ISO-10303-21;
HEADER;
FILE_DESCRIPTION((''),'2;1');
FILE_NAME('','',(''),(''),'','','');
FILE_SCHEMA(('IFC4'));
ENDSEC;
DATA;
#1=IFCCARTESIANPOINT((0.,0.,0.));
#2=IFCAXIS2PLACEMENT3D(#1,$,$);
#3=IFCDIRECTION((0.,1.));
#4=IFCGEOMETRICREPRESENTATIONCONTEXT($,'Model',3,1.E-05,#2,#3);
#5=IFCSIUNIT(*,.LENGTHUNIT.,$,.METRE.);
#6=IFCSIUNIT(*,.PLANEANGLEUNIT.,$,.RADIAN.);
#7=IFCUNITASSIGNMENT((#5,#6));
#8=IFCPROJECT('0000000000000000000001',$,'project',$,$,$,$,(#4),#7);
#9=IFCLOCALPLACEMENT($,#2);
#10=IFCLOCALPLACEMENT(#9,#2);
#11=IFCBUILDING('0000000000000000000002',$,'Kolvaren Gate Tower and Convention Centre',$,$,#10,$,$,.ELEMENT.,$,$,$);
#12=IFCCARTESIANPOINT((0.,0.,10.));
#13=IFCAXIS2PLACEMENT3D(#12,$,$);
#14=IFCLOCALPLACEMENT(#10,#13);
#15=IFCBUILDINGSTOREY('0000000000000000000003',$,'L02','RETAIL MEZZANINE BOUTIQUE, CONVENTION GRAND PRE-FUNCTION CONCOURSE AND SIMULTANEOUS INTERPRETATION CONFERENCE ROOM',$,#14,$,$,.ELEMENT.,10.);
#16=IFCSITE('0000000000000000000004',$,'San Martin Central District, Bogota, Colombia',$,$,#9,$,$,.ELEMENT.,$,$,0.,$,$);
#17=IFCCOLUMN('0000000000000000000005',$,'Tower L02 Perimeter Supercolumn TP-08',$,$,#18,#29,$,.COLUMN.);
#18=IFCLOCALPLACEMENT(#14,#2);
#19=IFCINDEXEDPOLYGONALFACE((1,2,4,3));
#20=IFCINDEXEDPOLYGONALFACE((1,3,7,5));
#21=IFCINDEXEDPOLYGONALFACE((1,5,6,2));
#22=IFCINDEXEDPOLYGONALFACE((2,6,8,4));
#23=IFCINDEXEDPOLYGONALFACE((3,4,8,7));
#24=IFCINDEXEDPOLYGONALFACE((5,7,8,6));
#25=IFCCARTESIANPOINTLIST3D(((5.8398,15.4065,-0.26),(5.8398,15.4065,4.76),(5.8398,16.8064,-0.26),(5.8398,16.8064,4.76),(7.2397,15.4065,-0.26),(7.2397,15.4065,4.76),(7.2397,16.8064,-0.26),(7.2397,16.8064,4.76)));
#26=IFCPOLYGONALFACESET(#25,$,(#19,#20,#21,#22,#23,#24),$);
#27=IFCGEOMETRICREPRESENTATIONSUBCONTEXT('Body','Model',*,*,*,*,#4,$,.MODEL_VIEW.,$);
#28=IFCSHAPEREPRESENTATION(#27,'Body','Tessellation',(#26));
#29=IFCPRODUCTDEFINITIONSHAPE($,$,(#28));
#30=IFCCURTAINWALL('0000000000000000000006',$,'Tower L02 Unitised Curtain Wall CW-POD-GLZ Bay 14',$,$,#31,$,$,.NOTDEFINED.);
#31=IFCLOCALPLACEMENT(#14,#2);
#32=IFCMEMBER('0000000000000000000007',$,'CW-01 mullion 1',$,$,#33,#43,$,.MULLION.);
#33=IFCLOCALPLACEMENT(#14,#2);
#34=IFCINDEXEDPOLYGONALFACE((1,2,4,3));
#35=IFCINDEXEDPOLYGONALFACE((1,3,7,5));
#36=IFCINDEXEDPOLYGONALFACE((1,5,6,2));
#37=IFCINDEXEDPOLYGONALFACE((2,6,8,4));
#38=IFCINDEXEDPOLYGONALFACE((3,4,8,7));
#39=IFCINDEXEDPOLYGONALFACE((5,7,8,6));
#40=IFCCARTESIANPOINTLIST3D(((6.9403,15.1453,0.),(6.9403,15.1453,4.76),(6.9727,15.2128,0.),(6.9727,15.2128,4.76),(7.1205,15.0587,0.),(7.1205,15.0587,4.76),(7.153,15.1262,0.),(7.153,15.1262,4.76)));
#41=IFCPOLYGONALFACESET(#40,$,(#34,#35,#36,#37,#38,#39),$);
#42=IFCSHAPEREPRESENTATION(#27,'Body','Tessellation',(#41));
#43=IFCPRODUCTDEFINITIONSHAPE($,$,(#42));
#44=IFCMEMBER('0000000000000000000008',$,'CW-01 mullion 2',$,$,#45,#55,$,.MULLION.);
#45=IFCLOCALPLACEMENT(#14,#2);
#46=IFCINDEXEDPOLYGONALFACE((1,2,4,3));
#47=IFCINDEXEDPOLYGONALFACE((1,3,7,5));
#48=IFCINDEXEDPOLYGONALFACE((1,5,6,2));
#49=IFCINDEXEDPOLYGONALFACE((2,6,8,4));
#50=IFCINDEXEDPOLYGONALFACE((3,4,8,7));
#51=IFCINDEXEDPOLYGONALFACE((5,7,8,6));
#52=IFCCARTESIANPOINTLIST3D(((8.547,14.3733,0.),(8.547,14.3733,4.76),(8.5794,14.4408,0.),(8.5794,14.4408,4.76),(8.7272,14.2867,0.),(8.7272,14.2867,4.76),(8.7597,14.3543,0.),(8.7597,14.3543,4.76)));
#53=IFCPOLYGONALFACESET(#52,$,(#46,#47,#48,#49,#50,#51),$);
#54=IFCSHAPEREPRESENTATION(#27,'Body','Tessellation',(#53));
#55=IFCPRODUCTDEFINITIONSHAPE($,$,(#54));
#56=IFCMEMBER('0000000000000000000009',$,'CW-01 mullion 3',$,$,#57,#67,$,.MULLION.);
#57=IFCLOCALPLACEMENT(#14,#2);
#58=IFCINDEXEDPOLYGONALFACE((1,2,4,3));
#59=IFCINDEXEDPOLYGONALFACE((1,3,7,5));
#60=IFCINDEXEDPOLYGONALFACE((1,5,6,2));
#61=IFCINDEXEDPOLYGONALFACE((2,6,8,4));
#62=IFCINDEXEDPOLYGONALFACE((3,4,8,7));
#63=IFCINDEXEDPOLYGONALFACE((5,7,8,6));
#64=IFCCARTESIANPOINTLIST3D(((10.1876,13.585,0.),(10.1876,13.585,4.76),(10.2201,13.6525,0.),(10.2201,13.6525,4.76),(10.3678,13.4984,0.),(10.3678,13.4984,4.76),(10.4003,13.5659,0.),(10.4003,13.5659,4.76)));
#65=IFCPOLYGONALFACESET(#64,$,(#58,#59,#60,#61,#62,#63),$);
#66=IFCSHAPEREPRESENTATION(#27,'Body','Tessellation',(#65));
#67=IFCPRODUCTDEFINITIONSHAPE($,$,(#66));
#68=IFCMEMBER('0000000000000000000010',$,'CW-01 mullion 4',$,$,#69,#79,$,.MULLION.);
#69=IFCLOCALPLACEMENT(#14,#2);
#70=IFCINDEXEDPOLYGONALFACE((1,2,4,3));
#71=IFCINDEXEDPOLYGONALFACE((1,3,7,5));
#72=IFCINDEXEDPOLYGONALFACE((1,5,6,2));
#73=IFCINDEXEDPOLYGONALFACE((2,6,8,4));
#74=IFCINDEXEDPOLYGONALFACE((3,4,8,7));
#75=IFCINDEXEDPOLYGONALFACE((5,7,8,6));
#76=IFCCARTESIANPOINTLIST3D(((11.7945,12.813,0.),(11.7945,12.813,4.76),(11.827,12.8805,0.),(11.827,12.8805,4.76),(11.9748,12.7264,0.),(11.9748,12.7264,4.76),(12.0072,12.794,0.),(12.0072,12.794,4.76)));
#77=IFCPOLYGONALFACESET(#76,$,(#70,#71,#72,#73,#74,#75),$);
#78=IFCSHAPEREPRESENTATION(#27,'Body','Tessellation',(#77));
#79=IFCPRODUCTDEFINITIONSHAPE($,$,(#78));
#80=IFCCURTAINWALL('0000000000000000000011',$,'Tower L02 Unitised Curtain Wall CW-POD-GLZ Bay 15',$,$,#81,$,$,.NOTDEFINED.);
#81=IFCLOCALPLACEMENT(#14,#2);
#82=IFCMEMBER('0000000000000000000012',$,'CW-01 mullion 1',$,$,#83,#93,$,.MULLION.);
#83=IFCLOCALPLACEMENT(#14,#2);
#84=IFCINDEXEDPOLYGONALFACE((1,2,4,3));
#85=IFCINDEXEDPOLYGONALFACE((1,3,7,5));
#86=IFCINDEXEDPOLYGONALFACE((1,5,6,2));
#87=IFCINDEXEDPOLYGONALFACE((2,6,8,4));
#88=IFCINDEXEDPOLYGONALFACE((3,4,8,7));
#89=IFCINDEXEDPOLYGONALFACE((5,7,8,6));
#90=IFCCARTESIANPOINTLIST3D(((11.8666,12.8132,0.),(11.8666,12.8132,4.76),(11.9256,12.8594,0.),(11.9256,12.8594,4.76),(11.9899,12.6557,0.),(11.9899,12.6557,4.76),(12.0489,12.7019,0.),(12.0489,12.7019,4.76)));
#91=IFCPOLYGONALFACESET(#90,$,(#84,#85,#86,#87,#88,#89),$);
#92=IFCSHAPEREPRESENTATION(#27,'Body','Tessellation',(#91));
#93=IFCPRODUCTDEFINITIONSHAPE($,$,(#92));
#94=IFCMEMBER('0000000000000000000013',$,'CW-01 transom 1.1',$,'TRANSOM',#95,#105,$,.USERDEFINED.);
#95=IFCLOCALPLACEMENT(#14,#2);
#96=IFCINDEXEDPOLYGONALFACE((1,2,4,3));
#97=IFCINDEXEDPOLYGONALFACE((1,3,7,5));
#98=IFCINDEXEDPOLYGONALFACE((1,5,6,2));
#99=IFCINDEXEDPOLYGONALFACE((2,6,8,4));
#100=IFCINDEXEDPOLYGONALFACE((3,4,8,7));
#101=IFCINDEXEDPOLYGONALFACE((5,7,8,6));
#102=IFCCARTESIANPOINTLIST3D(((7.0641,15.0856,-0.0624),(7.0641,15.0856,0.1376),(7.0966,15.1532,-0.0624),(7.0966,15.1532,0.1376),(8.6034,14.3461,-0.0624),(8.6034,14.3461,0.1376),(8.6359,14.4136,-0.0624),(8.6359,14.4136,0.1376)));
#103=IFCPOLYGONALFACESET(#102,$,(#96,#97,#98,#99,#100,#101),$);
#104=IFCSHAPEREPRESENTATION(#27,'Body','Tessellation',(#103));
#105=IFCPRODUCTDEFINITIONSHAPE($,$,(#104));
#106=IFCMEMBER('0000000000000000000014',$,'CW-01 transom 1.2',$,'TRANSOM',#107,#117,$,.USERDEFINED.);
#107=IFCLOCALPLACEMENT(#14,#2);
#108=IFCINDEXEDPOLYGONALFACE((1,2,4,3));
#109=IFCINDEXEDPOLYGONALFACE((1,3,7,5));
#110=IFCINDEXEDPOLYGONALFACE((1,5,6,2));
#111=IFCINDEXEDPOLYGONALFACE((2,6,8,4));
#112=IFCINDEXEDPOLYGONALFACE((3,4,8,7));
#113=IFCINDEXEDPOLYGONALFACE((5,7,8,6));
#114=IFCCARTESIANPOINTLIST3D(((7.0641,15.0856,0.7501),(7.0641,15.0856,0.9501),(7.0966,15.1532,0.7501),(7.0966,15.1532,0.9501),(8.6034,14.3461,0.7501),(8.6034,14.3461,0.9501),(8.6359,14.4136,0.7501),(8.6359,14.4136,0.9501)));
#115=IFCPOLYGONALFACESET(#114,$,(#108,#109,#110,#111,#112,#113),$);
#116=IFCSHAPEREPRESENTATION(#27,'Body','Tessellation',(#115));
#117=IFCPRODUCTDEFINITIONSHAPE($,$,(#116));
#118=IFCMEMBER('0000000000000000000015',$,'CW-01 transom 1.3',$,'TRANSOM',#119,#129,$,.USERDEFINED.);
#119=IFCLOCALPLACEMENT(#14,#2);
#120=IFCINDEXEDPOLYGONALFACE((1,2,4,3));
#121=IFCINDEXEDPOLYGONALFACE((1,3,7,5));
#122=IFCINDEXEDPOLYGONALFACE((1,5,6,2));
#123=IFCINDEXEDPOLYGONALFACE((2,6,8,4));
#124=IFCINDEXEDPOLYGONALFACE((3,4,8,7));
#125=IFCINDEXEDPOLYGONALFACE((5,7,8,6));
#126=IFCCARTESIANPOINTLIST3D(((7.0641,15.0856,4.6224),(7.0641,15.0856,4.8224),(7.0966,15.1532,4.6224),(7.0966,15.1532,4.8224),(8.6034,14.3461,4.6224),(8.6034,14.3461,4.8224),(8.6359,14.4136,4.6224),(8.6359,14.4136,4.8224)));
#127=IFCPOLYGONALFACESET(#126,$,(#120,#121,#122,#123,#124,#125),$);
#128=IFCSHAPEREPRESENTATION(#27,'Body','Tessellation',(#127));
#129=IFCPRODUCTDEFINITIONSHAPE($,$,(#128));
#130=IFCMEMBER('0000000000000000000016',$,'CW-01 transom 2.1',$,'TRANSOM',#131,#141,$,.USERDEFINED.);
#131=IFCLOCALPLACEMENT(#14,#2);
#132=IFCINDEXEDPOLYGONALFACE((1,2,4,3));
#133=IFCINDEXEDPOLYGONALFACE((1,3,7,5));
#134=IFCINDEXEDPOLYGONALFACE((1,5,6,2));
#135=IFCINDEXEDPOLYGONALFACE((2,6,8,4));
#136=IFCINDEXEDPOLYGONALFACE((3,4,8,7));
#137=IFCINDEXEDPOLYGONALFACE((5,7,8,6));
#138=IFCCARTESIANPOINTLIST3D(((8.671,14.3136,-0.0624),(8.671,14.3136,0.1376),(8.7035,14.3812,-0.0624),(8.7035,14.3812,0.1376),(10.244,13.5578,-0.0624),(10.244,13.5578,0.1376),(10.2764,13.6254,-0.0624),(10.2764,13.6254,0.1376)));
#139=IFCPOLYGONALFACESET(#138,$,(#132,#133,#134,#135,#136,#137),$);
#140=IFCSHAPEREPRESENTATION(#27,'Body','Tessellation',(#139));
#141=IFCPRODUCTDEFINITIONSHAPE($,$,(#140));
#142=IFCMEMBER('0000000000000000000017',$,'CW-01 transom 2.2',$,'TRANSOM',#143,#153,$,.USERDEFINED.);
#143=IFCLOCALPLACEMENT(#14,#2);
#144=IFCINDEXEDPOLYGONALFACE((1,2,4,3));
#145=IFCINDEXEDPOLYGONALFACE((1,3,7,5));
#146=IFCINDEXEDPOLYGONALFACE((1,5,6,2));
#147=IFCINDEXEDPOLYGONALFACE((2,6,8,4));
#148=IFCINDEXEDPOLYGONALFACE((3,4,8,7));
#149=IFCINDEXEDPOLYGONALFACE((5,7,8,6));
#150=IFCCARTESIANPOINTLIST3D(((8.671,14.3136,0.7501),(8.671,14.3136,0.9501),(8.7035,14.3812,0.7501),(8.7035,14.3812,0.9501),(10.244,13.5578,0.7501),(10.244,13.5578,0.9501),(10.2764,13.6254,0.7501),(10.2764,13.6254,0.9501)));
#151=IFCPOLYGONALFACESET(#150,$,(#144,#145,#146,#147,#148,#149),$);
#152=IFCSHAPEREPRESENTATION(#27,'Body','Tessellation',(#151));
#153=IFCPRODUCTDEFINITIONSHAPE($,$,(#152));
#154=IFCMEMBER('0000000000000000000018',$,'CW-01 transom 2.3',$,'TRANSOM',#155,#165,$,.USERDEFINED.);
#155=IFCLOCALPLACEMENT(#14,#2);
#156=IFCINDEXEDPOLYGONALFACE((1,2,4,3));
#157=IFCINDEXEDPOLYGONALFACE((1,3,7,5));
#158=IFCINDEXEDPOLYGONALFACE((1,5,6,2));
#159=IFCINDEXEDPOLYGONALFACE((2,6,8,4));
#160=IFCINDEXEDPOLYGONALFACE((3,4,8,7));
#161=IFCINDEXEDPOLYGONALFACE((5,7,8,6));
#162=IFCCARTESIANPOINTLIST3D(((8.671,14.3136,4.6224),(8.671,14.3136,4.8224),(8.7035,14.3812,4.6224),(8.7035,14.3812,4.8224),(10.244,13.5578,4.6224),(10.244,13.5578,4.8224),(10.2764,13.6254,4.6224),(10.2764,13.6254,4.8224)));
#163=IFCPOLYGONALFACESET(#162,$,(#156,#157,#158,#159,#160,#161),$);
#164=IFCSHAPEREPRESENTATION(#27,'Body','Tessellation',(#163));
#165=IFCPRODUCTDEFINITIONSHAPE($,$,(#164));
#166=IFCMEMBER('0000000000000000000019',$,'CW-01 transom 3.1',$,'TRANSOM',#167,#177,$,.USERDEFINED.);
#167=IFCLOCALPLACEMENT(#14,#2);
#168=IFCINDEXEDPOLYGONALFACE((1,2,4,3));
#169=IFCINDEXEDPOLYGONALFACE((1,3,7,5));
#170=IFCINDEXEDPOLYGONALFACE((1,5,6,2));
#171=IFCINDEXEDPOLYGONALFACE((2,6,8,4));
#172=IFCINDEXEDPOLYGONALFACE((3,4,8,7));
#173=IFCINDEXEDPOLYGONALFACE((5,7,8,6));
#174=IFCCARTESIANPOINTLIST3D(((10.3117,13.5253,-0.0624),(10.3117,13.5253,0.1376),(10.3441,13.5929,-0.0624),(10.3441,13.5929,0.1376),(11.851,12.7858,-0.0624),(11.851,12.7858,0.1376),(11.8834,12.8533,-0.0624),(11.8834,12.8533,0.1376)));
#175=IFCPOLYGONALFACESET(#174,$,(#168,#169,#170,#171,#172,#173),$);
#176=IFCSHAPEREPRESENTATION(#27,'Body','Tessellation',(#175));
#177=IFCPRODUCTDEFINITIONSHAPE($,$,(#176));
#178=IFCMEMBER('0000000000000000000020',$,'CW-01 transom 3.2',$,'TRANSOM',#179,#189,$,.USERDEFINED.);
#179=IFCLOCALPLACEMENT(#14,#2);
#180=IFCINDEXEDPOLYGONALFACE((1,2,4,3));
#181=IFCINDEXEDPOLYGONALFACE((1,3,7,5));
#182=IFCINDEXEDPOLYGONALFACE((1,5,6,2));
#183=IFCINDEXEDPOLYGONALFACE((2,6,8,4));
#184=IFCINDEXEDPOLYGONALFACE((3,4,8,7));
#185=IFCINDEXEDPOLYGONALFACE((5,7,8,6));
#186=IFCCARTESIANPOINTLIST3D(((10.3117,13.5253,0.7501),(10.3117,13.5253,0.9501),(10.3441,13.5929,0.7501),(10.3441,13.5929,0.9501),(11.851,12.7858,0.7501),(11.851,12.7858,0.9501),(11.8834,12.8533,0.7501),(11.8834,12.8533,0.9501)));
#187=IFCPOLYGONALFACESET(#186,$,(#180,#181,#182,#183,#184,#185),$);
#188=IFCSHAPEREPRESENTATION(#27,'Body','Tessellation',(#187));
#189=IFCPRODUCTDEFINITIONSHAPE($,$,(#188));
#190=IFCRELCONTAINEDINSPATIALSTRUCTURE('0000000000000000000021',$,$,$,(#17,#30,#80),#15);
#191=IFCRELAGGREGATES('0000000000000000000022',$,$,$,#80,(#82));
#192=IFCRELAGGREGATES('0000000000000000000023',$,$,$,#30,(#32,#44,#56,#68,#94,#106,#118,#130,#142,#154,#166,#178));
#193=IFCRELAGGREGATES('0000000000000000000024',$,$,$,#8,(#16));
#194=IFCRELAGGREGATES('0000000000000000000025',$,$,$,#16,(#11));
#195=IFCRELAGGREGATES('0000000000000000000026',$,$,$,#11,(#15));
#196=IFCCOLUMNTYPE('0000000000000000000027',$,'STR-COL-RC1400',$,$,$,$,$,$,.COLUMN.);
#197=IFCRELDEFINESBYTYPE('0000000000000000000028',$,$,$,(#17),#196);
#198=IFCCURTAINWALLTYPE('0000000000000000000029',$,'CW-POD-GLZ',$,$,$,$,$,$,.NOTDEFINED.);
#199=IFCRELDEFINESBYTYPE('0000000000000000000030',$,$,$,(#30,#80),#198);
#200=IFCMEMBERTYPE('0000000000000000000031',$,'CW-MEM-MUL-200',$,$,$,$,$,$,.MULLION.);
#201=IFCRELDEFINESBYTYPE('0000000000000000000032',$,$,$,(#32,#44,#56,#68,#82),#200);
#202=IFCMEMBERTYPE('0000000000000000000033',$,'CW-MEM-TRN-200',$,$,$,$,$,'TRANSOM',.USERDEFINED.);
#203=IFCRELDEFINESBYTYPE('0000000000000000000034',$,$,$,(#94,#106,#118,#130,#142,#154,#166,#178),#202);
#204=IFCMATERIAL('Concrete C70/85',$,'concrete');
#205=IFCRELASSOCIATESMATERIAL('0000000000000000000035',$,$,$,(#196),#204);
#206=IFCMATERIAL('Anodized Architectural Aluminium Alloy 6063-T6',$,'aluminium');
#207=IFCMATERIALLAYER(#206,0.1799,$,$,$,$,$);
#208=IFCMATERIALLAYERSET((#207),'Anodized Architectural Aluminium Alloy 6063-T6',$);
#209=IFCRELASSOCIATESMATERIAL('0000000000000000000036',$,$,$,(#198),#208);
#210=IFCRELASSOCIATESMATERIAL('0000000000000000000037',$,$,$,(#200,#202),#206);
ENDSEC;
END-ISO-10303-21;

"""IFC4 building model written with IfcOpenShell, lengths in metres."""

from ifc_helpers import new_model, si_unit, direction, frame, origin, origin_2d, place, context, subcontext, project, spatial, rectangle, extrude, material, layer, layer_set, material_profile, profile_set, type_object, element, aggregate, save


model = new_model("IFC4")

# Units and contexts
model_context = context("Model", 3, precision=1e-05, world=origin(), true_north=direction((0.0, 1.0)))
body_context = subcontext(model_context, "Body", "Model", "MODEL_VIEW")
ifc_project = project(units=[si_unit("LENGTHUNIT", "METRE"), si_unit("PLANEANGLEUNIT", "RADIAN")], contexts=[model_context])

# Site, building, storey
site_placement = place(None, origin())
site = spatial("IfcSite", under=ifc_project, at=site_placement, Name="San Martin Central District, Bogota, Colombia", CompositionType="ELEMENT", RefElevation=0.0)
building_placement = place(site_placement, origin())
building = spatial("IfcBuilding", under=site, at=building_placement, Name="Kolvaren Gate Tower and Convention Centre", CompositionType="ELEMENT")
storey_placement = place(building_placement, frame((0.0, 0.0, 10.0)))
storey = spatial("IfcBuildingStorey", under=building, at=storey_placement, Name="L02", Description="RETAIL MEZZANINE BOUTIQUE, CONVENTION GRAND PRE-FUNCTION CONCOURSE AND SIMULTANEOUS INTERPRETATION CONFERENCE ROOM", CompositionType="ELEMENT", Elevation=10.0)

# Column
ifc_material_1 = material(Name="Concrete C70/85", Category="concrete")
ifc_material_profile_1 = material_profile(ifc_material_1, rectangle(XDim=1.3999, YDim=1.3999, at=origin_2d()), Name="RC-COL-1400X1400")
ifc_profile_set_1 = profile_set([ifc_material_profile_1], Name="Concrete C70/85")
column_type = type_object("IfcColumnType", Name="STR-COL-RC1400", PredefinedType="COLUMN", material=ifc_profile_set_1)
column_placement = place(storey_placement, frame((6.5398, 16.1064, -0.26), z_axis=(0.0, 0.0, 1.0), x_axis=(1.0, 0.0, 0.0)))
element("IfcColumn", 1, at=column_placement, inside=storey, type_object=column_type, Name="Tower L02 Perimeter Supercolumn TP-08", PredefinedType="COLUMN", context=body_context, shape_type="SweptSolid", body=[
    extrude(rectangle(XDim=1.3999, YDim=1.3999, at=origin_2d()), origin(), (0.0, 0.0, 1.0), 5.02),
])

# Curtain wall, members
ifc_material_2 = material(Name="Anodized Architectural Aluminium Alloy 6063-T6", Category="aluminium")
ifc_layer_1 = layer(ifc_material_2, 0.1799)
ifc_layer_set_1 = layer_set([ifc_layer_1], Name="Anodized Architectural Aluminium Alloy 6063-T6")
curtain_wall_type = type_object("IfcCurtainWallType", Name="CW-POD-GLZ", PredefinedType="NOTDEFINED", material=ifc_layer_set_1)
curtain_wall_1_placement = place(storey_placement, origin())
curtain_wall_1 = element("IfcCurtainWall", 2, at=curtain_wall_1_placement, inside=storey, type_object=curtain_wall_type, Name="Tower L02 Unitised Curtain Wall CW-POD-GLZ Bay 14", PredefinedType="NOTDEFINED")
ifc_material_profile_2 = material_profile(ifc_material_2, rectangle(XDim=0.075, YDim=0.2, at=origin_2d()), Name="CW-MEM-MUL-200")
ifc_profile_set_2 = profile_set([ifc_material_profile_2], Name="Anodized Architectural Aluminium Alloy 6063-T6")
member_type_1 = type_object("IfcMemberType", Name="CW-MEM-MUL-200", PredefinedType="MULLION", material=ifc_profile_set_2)
member_1_placement = place(storey_placement, frame((7.0466, 15.1357, 0.0), z_axis=(0.0, 0.0, 1.0), x_axis=(0.433057, 0.901367, 0.0)))
member_1 = element("IfcMember", 3, at=member_1_placement, type_object=member_type_1, Name="CW-01 mullion 1", PredefinedType="MULLION", context=body_context, shape_type="SweptSolid", body=[
    extrude(rectangle(XDim=0.075, YDim=0.2, at=origin_2d()), origin(), (0.0, 0.0, 1.0), 4.76),
])
member_2_placement = place(storey_placement, frame((8.6533, 14.3638, 0.0), z_axis=(0.0, 0.0, 1.0), x_axis=(0.433057, 0.901367, 0.0)))
member_2 = element("IfcMember", 4, at=member_2_placement, type_object=member_type_1, Name="CW-01 mullion 2", PredefinedType="MULLION", context=body_context, shape_type="SweptSolid", body=[
    extrude(rectangle(XDim=0.075, YDim=0.2, at=origin_2d()), origin(), (0.0, 0.0, 1.0), 4.76),
])
member_3_placement = place(storey_placement, frame((10.2939, 13.5754, 0.0), z_axis=(0.0, 0.0, 1.0), x_axis=(0.433057, 0.901367, 0.0)))
member_3 = element("IfcMember", 5, at=member_3_placement, type_object=member_type_1, Name="CW-01 mullion 3", PredefinedType="MULLION", context=body_context, shape_type="SweptSolid", body=[
    extrude(rectangle(XDim=0.075, YDim=0.2, at=origin_2d()), origin(), (0.0, 0.0, 1.0), 4.76),
])
member_4_placement = place(storey_placement, frame((11.9009, 12.8035, 0.0), z_axis=(0.0, 0.0, 1.0), x_axis=(0.433057, 0.901367, 0.0)))
member_4 = element("IfcMember", 6, at=member_4_placement, type_object=member_type_1, Name="CW-01 mullion 4", PredefinedType="MULLION", context=body_context, shape_type="SweptSolid", body=[
    extrude(rectangle(XDim=0.075, YDim=0.2, at=origin_2d()), origin(), (0.0, 0.0, 1.0), 4.76),
])

# Curtain wall, member
curtain_wall_2_placement = place(storey_placement, origin())
curtain_wall_2 = element("IfcCurtainWall", 7, at=curtain_wall_2_placement, inside=storey, type_object=curtain_wall_type, Name="Tower L02 Unitised Curtain Wall CW-POD-GLZ Bay 15", PredefinedType="NOTDEFINED")
member_5_placement = place(storey_placement, frame((11.9578, 12.7576, 0.0), z_axis=(0.0, 0.0, 1.0), x_axis=(0.787417, 0.616421, 0.0)))
member_5 = element("IfcMember", 8, at=member_5_placement, type_object=member_type_1, Name="CW-01 mullion 1", PredefinedType="MULLION", context=body_context, shape_type="SweptSolid", body=[
    extrude(rectangle(XDim=0.075, YDim=0.2, at=origin_2d()), origin(), (0.0, 0.0, 1.0), 4.76),
])
aggregate(curtain_wall_2, [member_5])

# Members
ifc_material_profile_3 = material_profile(ifc_material_2, rectangle(XDim=0.075, YDim=0.2, at=origin_2d()), Name="CW-MEM-TRN-200")
ifc_profile_set_3 = profile_set([ifc_material_profile_3], Name="Anodized Architectural Aluminium Alloy 6063-T6")
member_type_2 = type_object("IfcMemberType", Name="CW-MEM-TRN-200", ElementType="TRANSOM", PredefinedType="USERDEFINED", material=ifc_profile_set_3)
member_6_placement = place(storey_placement, frame((7.0803, 15.1194, 0.0376), z_axis=(0.901378, -0.433033, 0.0), x_axis=(0.433033, 0.901378, 0.0)))
member_6 = element("IfcMember", 9, at=member_6_placement, type_object=member_type_2, Name="CW-01 transom 1.1", ObjectType="TRANSOM", PredefinedType="USERDEFINED", context=body_context, shape_type="SweptSolid", body=[
    extrude(rectangle(XDim=0.075, YDim=0.2, at=origin_2d()), origin(), (0.0, 0.0, 1.0), 1.7078),
])
member_7_placement = place(storey_placement, frame((7.0803, 15.1194, 0.8501), z_axis=(0.901378, -0.433033, 0.0), x_axis=(0.433033, 0.901378, 0.0)))
member_7 = element("IfcMember", 10, at=member_7_placement, type_object=member_type_2, Name="CW-01 transom 1.2", ObjectType="TRANSOM", PredefinedType="USERDEFINED", context=body_context, shape_type="SweptSolid", body=[
    extrude(rectangle(XDim=0.075, YDim=0.2, at=origin_2d()), origin(), (0.0, 0.0, 1.0), 1.7078),
])
member_8_placement = place(storey_placement, frame((7.0803, 15.1194, 4.7224), z_axis=(0.901378, -0.433033, 0.0), x_axis=(0.433033, 0.901378, 0.0)))
member_8 = element("IfcMember", 11, at=member_8_placement, type_object=member_type_2, Name="CW-01 transom 1.3", ObjectType="TRANSOM", PredefinedType="USERDEFINED", context=body_context, shape_type="SweptSolid", body=[
    extrude(rectangle(XDim=0.075, YDim=0.2, at=origin_2d()), origin(), (0.0, 0.0, 1.0), 1.7078),
])
member_9_placement = place(storey_placement, frame((8.6873, 14.3474, 0.0376), z_axis=(0.90134, -0.433113, 0.0), x_axis=(0.433113, 0.90134, 0.0)))
member_9 = element("IfcMember", 12, at=member_9_placement, type_object=member_type_2, Name="CW-01 transom 2.1", ObjectType="TRANSOM", PredefinedType="USERDEFINED", context=body_context, shape_type="SweptSolid", body=[
    extrude(rectangle(XDim=0.075, YDim=0.2, at=origin_2d()), origin(), (0.0, 0.0, 1.0), 1.7451),
])
member_10_placement = place(storey_placement, frame((8.6873, 14.3474, 0.8501), z_axis=(0.90134, -0.433113, 0.0), x_axis=(0.433113, 0.90134, 0.0)))
member_10 = element("IfcMember", 13, at=member_10_placement, type_object=member_type_2, Name="CW-01 transom 2.2", ObjectType="TRANSOM", PredefinedType="USERDEFINED", context=body_context, shape_type="SweptSolid", body=[
    extrude(rectangle(XDim=0.075, YDim=0.2, at=origin_2d()), origin(), (0.0, 0.0, 1.0), 1.7451),
])
member_11_placement = place(storey_placement, frame((8.6873, 14.3474, 4.7224), z_axis=(0.90134, -0.433113, 0.0), x_axis=(0.433113, 0.90134, 0.0)))
member_11 = element("IfcMember", 14, at=member_11_placement, type_object=member_type_2, Name="CW-01 transom 2.3", ObjectType="TRANSOM", PredefinedType="USERDEFINED", context=body_context, shape_type="SweptSolid", body=[
    extrude(rectangle(XDim=0.075, YDim=0.2, at=origin_2d()), origin(), (0.0, 0.0, 1.0), 1.7451),
])
member_12_placement = place(storey_placement, frame((10.3279, 13.5591, 0.0376), z_axis=(0.901378, -0.433033, 0.0), x_axis=(0.433033, 0.901378, 0.0)))
member_12 = element("IfcMember", 15, at=member_12_placement, type_object=member_type_2, Name="CW-01 transom 3.1", ObjectType="TRANSOM", PredefinedType="USERDEFINED", context=body_context, shape_type="SweptSolid", body=[
    extrude(rectangle(XDim=0.075, YDim=0.2, at=origin_2d()), origin(), (0.0, 0.0, 1.0), 1.7078),
])
member_13_placement = place(storey_placement, frame((10.3279, 13.5591, 0.8501), z_axis=(0.901378, -0.433033, 0.0), x_axis=(0.433033, 0.901378, 0.0)))
member_13 = element("IfcMember", 16, at=member_13_placement, type_object=member_type_2, Name="CW-01 transom 3.2", ObjectType="TRANSOM", PredefinedType="USERDEFINED", context=body_context, shape_type="SweptSolid", body=[
    extrude(rectangle(XDim=0.075, YDim=0.2, at=origin_2d()), origin(), (0.0, 0.0, 1.0), 1.7078),
])

aggregate(curtain_wall_1, [member_1, member_2, member_3, member_4, member_6, member_7, member_8, member_9, member_10, member_11, member_12, member_13])

save(model, "model.ifc")
